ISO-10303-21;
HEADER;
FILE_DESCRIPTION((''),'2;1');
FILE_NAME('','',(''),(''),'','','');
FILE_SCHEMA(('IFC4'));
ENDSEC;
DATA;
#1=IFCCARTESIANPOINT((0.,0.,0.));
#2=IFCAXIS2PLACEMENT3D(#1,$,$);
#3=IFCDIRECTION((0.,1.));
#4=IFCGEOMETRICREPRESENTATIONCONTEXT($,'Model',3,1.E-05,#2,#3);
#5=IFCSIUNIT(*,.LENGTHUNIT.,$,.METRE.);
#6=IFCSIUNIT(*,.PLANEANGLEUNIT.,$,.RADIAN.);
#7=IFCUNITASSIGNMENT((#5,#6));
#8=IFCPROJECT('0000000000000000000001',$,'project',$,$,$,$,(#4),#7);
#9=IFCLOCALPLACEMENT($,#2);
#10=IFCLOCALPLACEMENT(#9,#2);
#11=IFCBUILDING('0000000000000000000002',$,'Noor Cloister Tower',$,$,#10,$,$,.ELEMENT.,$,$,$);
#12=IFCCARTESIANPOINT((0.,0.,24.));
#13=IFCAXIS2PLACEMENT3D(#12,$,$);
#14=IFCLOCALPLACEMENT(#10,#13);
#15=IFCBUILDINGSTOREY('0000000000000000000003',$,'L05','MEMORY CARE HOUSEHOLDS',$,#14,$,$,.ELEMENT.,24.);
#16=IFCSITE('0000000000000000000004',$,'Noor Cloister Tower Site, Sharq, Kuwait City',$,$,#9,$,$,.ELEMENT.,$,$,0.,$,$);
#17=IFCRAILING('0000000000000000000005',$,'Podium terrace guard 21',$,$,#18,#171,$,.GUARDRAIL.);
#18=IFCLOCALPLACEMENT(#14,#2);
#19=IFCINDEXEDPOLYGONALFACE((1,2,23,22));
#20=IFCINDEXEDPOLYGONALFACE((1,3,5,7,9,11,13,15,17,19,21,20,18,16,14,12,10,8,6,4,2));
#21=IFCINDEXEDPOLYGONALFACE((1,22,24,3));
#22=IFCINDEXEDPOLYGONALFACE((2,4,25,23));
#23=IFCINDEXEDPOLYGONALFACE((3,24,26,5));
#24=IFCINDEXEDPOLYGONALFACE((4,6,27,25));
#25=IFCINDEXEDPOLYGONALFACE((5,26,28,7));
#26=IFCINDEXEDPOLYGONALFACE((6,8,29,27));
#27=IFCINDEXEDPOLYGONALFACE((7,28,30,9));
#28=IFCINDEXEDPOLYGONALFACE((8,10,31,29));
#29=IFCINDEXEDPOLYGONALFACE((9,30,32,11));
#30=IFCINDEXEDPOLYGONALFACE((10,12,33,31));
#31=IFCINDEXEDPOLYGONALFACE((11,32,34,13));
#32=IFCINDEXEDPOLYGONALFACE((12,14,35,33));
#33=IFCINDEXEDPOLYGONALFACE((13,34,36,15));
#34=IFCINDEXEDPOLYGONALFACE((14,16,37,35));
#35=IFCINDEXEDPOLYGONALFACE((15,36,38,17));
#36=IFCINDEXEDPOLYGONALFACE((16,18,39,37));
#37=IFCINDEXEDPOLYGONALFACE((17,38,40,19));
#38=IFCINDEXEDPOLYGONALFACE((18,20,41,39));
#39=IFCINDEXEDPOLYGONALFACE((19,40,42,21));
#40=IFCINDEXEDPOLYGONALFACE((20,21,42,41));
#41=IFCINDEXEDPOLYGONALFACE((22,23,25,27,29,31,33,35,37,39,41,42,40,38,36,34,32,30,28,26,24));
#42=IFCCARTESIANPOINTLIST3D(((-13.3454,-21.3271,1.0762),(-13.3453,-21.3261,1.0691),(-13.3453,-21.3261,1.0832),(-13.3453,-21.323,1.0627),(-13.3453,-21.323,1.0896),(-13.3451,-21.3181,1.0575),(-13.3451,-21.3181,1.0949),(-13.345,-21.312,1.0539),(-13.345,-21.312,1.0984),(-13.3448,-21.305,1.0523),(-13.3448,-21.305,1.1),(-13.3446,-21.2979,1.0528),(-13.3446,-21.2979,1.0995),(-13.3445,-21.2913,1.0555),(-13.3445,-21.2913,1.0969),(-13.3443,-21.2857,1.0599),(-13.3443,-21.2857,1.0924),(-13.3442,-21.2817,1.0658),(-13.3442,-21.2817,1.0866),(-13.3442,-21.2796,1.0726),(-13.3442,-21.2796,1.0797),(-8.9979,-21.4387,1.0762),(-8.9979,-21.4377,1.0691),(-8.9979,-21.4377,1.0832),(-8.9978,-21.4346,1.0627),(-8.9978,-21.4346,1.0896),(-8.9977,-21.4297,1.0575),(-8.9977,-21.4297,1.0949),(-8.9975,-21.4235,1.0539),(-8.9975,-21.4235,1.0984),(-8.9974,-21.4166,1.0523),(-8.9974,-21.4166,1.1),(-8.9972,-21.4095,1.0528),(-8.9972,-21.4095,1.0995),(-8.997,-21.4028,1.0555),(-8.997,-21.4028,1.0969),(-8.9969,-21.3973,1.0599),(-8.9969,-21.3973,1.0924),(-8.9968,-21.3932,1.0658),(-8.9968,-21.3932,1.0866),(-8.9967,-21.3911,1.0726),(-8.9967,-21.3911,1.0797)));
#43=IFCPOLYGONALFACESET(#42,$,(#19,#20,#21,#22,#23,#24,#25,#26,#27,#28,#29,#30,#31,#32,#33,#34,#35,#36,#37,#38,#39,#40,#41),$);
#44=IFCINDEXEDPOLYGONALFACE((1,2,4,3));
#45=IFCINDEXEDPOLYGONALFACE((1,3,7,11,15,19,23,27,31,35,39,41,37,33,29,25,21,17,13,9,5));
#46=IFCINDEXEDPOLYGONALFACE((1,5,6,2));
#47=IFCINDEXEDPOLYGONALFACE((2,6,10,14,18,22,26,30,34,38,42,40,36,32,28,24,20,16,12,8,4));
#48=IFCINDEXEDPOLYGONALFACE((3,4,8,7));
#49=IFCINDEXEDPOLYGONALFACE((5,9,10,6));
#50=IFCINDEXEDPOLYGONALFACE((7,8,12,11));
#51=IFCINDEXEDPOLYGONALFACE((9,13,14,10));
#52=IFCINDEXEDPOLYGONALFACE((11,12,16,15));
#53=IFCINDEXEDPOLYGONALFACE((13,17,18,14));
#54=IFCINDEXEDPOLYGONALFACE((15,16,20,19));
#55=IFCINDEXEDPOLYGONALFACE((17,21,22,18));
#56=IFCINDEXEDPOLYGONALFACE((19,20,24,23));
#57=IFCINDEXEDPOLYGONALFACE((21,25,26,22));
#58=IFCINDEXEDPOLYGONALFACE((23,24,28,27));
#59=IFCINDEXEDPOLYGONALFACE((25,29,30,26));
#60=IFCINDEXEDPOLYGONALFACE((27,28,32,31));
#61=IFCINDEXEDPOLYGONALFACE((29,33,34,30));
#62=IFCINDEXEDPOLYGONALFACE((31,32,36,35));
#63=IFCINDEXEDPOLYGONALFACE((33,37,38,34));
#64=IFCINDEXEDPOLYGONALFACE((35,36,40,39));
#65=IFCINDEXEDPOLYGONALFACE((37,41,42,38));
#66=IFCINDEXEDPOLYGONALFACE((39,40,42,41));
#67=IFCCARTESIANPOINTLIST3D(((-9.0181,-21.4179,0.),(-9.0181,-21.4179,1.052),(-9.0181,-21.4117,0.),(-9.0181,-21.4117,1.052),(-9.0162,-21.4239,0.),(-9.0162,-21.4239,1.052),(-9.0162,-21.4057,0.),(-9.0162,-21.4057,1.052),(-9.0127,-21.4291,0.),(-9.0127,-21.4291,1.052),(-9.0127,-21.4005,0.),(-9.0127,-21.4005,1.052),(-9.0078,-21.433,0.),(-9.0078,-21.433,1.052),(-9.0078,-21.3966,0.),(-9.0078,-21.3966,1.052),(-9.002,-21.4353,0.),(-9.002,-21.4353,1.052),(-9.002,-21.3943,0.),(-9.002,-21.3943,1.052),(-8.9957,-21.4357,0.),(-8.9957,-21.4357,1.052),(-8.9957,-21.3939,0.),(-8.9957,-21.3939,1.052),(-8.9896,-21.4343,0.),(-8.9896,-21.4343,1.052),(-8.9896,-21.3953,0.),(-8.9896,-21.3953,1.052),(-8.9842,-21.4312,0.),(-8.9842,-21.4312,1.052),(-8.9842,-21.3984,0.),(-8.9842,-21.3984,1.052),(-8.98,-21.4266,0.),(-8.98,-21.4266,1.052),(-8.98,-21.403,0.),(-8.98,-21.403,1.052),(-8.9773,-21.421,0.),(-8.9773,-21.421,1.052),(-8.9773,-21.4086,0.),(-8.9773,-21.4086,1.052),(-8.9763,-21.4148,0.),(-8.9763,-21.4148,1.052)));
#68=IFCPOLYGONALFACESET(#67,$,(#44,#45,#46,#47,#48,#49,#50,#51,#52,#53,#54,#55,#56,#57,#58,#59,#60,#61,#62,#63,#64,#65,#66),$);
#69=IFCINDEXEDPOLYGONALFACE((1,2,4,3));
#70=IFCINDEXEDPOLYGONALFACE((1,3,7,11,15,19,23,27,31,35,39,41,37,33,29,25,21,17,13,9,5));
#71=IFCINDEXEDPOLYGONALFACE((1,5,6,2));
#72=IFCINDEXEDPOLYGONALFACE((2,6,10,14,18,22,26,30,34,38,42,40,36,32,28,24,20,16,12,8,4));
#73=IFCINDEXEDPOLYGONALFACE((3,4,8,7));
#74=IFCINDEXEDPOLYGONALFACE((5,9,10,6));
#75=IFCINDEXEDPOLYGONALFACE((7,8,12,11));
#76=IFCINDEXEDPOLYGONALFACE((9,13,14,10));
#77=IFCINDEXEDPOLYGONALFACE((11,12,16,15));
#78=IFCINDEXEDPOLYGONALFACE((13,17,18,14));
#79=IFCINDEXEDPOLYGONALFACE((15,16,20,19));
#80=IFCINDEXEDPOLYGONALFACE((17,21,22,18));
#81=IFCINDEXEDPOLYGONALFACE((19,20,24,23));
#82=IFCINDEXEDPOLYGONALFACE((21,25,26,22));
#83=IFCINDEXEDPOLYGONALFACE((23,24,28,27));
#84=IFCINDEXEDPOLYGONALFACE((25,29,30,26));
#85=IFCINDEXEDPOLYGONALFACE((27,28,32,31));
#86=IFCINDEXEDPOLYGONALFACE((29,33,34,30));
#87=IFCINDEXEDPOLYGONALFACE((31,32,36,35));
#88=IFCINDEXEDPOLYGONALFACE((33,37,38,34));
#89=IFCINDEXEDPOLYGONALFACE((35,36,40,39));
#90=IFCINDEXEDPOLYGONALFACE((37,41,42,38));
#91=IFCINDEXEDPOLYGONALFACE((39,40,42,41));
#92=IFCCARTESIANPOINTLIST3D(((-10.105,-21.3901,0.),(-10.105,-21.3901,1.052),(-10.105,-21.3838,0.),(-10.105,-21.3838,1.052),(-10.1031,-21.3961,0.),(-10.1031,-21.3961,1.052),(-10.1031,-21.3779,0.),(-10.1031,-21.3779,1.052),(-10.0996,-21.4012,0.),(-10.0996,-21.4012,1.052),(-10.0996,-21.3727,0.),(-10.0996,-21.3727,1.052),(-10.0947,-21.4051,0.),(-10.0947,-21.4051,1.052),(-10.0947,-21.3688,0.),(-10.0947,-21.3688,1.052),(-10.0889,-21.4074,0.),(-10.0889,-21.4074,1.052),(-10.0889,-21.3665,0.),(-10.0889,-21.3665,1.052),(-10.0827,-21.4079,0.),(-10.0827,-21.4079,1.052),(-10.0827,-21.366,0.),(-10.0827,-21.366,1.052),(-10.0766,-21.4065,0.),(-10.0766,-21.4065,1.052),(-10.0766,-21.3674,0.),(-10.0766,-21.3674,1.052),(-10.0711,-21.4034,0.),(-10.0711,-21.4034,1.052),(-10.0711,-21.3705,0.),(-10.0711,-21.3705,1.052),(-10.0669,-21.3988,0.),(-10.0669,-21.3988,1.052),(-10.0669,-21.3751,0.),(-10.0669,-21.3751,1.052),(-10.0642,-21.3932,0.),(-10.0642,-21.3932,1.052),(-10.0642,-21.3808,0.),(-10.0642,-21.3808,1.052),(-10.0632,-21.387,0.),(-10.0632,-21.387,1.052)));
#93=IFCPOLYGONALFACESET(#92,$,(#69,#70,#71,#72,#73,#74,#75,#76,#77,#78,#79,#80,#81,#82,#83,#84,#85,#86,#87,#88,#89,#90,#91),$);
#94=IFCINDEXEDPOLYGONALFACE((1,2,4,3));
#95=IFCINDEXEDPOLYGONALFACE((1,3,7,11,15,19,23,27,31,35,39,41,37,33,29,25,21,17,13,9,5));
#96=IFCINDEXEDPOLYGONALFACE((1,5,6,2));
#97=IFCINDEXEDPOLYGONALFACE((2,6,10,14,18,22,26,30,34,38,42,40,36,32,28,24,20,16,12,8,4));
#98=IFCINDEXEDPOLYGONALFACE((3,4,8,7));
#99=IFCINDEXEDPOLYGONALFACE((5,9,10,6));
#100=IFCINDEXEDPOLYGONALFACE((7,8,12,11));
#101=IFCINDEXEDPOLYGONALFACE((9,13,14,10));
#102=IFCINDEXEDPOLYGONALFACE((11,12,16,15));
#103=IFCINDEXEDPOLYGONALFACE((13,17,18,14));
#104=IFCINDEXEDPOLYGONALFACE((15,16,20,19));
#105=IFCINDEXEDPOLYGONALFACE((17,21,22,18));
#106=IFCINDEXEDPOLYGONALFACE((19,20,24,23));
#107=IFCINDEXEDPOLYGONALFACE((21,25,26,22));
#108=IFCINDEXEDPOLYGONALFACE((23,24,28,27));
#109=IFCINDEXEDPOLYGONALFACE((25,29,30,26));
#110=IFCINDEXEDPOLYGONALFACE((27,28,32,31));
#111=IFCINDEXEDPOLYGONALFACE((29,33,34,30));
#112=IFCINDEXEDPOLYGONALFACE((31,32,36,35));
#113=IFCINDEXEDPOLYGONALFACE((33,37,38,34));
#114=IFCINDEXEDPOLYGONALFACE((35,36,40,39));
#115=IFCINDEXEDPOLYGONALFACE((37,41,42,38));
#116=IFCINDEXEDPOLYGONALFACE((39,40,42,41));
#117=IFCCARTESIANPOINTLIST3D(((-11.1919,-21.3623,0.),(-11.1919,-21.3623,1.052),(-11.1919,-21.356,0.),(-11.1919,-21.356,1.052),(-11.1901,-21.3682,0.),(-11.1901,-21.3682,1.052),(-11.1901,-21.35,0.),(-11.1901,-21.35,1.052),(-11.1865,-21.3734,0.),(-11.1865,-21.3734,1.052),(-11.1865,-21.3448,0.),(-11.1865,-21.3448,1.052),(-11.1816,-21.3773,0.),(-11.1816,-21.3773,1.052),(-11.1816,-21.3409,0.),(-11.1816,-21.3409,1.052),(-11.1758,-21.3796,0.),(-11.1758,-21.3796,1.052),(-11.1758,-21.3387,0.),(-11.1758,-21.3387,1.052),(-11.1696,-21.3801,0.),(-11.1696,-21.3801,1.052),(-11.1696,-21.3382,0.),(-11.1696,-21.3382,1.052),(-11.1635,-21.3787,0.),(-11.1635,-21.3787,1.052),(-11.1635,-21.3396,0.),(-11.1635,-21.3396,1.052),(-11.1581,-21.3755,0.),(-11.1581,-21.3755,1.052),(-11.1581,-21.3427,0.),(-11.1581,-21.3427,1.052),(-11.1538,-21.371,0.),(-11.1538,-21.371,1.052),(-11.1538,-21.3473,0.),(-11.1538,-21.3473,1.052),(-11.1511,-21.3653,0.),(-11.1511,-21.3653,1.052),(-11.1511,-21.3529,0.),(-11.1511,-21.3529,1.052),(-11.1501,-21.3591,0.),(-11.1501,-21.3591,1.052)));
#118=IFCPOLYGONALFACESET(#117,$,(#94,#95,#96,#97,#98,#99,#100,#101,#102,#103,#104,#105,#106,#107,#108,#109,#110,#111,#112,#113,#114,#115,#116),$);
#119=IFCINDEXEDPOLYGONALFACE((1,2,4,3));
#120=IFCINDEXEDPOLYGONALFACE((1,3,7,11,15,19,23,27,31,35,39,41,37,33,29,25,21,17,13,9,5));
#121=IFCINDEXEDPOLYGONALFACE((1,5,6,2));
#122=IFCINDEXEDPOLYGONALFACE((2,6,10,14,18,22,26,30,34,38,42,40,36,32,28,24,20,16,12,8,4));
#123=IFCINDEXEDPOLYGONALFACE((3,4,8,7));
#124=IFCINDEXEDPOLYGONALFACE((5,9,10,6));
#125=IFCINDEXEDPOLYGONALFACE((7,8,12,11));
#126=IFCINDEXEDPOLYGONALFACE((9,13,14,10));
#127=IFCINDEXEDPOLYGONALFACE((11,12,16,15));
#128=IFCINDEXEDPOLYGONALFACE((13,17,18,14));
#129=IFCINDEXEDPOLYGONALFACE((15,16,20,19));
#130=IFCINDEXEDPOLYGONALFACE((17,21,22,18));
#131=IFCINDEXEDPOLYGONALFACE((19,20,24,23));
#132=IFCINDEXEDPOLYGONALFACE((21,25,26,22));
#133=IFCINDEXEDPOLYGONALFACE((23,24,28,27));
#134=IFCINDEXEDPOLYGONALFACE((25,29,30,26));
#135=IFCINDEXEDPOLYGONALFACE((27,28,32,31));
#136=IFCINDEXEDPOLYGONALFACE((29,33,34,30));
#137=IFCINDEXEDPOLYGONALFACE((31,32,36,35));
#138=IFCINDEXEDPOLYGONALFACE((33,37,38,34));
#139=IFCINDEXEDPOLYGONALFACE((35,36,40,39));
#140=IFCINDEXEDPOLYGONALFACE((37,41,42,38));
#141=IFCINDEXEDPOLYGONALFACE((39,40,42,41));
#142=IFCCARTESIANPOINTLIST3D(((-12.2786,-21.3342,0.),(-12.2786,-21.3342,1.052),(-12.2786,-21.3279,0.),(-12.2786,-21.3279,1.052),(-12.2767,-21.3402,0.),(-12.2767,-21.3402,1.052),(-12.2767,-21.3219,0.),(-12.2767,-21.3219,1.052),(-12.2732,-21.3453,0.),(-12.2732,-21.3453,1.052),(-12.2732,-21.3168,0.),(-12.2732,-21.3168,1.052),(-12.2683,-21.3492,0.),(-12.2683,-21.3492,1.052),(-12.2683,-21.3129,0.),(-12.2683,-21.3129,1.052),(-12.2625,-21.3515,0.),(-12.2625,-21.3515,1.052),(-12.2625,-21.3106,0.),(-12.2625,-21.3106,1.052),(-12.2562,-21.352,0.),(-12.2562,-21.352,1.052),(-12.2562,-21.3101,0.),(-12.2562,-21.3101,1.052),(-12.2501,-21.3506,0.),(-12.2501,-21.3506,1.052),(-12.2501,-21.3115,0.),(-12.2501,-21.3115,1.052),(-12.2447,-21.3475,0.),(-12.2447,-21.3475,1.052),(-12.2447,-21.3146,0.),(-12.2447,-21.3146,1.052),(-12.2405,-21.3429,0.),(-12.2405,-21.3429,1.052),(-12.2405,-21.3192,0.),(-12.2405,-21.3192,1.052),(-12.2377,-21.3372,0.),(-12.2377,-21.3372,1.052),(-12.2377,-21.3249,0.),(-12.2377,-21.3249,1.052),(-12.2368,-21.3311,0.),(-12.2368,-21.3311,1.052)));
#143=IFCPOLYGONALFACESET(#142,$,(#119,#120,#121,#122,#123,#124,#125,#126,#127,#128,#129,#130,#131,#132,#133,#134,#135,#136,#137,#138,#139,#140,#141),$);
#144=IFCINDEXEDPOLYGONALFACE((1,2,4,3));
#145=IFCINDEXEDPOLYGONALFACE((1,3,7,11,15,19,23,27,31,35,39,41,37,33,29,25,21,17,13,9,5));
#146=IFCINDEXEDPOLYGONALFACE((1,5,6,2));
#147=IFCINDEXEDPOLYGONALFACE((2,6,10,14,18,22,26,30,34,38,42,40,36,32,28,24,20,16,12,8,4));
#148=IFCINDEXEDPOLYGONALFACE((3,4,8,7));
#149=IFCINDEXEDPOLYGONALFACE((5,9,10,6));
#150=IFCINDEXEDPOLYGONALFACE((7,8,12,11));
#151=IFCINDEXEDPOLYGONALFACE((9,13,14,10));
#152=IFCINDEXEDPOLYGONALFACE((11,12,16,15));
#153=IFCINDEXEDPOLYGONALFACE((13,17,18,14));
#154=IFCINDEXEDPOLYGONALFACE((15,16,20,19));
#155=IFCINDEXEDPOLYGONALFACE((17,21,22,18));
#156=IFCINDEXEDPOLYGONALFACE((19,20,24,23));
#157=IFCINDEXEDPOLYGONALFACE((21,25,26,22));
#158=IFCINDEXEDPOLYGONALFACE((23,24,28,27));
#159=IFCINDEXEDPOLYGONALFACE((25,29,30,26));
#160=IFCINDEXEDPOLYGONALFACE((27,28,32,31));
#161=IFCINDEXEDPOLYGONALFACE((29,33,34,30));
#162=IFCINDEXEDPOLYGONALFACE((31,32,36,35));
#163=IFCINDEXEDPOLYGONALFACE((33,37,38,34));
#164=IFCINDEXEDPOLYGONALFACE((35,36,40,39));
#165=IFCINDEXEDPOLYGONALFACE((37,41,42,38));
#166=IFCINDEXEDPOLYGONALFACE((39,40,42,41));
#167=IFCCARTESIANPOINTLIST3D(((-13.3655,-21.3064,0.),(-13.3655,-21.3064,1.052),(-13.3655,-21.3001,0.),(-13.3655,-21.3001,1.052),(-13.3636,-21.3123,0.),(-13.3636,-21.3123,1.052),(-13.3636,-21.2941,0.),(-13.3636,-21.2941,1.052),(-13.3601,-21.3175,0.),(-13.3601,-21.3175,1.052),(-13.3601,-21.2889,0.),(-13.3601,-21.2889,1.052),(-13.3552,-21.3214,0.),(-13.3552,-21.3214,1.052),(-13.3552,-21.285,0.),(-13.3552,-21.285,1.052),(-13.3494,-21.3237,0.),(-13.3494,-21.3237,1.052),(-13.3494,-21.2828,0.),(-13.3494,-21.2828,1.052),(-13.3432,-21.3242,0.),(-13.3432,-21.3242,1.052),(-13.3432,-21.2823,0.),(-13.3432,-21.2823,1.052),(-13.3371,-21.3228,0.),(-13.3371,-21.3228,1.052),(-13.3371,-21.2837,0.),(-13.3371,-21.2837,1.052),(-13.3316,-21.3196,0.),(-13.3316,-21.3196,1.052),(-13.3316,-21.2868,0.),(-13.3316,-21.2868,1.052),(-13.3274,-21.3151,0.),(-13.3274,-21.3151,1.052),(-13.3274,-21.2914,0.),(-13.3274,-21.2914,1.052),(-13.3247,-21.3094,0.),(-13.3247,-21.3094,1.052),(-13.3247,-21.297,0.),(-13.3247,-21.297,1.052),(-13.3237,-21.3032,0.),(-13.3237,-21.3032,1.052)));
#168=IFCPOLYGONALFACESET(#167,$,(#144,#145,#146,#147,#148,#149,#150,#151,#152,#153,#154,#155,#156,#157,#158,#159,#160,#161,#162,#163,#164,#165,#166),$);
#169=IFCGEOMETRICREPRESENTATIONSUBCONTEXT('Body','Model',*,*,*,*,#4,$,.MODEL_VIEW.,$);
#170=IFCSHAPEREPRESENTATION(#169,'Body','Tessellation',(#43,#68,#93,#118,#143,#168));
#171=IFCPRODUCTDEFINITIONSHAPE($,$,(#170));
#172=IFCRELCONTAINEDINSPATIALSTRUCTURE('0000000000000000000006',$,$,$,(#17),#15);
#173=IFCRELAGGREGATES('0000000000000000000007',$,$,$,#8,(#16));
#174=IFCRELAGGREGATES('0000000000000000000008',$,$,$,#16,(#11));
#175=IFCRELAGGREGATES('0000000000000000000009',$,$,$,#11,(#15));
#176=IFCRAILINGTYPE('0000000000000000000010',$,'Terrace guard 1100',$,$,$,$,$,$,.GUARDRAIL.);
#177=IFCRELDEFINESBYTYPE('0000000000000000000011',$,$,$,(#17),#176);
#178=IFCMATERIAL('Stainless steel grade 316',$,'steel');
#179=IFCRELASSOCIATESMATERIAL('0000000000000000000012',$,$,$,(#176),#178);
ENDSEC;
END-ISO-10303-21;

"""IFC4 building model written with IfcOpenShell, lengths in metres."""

from ifc_helpers import new_model, si_unit, direction, frame, origin, origin_2d, place, context, subcontext, project, spatial, circle, extrude, material, type_object, element, save


model = new_model("IFC4")

# Units and contexts
model_context = context("Model", 3, precision=1e-05, world=origin(), true_north=direction((0.0, 1.0)))
body_context = subcontext(model_context, "Body", "Model", "MODEL_VIEW")
ifc_project = project(units=[si_unit("LENGTHUNIT", "METRE"), si_unit("PLANEANGLEUNIT", "RADIAN")], contexts=[model_context])

# Site, building, storey
site_placement = place(None, origin())
site = spatial("IfcSite", under=ifc_project, at=site_placement, Name="Noor Cloister Tower Site, Sharq, Kuwait City", CompositionType="ELEMENT", RefElevation=0.0)
building_placement = place(site_placement, origin())
building = spatial("IfcBuilding", under=site, at=building_placement, Name="Noor Cloister Tower", CompositionType="ELEMENT")
storey_placement = place(building_placement, frame((0.0, 0.0, 24.0)))
storey = spatial("IfcBuildingStorey", under=building, at=storey_placement, Name="L05", Description="MEMORY CARE HOUSEHOLDS", CompositionType="ELEMENT", Elevation=24.0)

# Railing
ifc_material_1 = material(Name="Stainless steel grade 316", Category="steel")
railing_type = type_object("IfcRailingType", Name="Terrace guard 1100", PredefinedType="GUARDRAIL", material=ifc_material_1)
railing_1_placement = place(storey_placement, frame((-8.9973, -21.4148, 0.0)))
element("IfcRailing", 1, at=railing_1_placement, inside=storey, type_object=railing_type, Name="Podium terrace guard 21", PredefinedType="GUARDRAIL", context=body_context, shape_type="SweptSolid", body=[
    extrude(circle(Radius=0.0239, at=origin_2d()), frame((0.0, 0.0, 1.0762), z_axis=(-0.999671, 0.025656, 0.0), x_axis=(-0.025656, -0.999671, 0.0)), (0.0, 0.0, 1.0), 4.3489),
    extrude(circle(Radius=0.021, at=origin_2d()), origin(), (0.0, 0.0, 1.0), 1.052),
    extrude(circle(Radius=0.021, at=origin_2d()), frame((-1.0869, 0.0278, 0.0)), (0.0, 0.0, 1.0), 1.052),
    extrude(circle(Radius=0.021, at=origin_2d()), frame((-2.1738, 0.0557, 0.0)), (0.0, 0.0, 1.0), 1.052),
    extrude(circle(Radius=0.021, at=origin_2d()), frame((-3.2605, 0.0837, 0.0)), (0.0, 0.0, 1.0), 1.052),
    extrude(circle(Radius=0.021, at=origin_2d()), frame((-4.3474, 0.1116, 0.0)), (0.0, 0.0, 1.0), 1.052),
])

save(model, "model.ifc")
